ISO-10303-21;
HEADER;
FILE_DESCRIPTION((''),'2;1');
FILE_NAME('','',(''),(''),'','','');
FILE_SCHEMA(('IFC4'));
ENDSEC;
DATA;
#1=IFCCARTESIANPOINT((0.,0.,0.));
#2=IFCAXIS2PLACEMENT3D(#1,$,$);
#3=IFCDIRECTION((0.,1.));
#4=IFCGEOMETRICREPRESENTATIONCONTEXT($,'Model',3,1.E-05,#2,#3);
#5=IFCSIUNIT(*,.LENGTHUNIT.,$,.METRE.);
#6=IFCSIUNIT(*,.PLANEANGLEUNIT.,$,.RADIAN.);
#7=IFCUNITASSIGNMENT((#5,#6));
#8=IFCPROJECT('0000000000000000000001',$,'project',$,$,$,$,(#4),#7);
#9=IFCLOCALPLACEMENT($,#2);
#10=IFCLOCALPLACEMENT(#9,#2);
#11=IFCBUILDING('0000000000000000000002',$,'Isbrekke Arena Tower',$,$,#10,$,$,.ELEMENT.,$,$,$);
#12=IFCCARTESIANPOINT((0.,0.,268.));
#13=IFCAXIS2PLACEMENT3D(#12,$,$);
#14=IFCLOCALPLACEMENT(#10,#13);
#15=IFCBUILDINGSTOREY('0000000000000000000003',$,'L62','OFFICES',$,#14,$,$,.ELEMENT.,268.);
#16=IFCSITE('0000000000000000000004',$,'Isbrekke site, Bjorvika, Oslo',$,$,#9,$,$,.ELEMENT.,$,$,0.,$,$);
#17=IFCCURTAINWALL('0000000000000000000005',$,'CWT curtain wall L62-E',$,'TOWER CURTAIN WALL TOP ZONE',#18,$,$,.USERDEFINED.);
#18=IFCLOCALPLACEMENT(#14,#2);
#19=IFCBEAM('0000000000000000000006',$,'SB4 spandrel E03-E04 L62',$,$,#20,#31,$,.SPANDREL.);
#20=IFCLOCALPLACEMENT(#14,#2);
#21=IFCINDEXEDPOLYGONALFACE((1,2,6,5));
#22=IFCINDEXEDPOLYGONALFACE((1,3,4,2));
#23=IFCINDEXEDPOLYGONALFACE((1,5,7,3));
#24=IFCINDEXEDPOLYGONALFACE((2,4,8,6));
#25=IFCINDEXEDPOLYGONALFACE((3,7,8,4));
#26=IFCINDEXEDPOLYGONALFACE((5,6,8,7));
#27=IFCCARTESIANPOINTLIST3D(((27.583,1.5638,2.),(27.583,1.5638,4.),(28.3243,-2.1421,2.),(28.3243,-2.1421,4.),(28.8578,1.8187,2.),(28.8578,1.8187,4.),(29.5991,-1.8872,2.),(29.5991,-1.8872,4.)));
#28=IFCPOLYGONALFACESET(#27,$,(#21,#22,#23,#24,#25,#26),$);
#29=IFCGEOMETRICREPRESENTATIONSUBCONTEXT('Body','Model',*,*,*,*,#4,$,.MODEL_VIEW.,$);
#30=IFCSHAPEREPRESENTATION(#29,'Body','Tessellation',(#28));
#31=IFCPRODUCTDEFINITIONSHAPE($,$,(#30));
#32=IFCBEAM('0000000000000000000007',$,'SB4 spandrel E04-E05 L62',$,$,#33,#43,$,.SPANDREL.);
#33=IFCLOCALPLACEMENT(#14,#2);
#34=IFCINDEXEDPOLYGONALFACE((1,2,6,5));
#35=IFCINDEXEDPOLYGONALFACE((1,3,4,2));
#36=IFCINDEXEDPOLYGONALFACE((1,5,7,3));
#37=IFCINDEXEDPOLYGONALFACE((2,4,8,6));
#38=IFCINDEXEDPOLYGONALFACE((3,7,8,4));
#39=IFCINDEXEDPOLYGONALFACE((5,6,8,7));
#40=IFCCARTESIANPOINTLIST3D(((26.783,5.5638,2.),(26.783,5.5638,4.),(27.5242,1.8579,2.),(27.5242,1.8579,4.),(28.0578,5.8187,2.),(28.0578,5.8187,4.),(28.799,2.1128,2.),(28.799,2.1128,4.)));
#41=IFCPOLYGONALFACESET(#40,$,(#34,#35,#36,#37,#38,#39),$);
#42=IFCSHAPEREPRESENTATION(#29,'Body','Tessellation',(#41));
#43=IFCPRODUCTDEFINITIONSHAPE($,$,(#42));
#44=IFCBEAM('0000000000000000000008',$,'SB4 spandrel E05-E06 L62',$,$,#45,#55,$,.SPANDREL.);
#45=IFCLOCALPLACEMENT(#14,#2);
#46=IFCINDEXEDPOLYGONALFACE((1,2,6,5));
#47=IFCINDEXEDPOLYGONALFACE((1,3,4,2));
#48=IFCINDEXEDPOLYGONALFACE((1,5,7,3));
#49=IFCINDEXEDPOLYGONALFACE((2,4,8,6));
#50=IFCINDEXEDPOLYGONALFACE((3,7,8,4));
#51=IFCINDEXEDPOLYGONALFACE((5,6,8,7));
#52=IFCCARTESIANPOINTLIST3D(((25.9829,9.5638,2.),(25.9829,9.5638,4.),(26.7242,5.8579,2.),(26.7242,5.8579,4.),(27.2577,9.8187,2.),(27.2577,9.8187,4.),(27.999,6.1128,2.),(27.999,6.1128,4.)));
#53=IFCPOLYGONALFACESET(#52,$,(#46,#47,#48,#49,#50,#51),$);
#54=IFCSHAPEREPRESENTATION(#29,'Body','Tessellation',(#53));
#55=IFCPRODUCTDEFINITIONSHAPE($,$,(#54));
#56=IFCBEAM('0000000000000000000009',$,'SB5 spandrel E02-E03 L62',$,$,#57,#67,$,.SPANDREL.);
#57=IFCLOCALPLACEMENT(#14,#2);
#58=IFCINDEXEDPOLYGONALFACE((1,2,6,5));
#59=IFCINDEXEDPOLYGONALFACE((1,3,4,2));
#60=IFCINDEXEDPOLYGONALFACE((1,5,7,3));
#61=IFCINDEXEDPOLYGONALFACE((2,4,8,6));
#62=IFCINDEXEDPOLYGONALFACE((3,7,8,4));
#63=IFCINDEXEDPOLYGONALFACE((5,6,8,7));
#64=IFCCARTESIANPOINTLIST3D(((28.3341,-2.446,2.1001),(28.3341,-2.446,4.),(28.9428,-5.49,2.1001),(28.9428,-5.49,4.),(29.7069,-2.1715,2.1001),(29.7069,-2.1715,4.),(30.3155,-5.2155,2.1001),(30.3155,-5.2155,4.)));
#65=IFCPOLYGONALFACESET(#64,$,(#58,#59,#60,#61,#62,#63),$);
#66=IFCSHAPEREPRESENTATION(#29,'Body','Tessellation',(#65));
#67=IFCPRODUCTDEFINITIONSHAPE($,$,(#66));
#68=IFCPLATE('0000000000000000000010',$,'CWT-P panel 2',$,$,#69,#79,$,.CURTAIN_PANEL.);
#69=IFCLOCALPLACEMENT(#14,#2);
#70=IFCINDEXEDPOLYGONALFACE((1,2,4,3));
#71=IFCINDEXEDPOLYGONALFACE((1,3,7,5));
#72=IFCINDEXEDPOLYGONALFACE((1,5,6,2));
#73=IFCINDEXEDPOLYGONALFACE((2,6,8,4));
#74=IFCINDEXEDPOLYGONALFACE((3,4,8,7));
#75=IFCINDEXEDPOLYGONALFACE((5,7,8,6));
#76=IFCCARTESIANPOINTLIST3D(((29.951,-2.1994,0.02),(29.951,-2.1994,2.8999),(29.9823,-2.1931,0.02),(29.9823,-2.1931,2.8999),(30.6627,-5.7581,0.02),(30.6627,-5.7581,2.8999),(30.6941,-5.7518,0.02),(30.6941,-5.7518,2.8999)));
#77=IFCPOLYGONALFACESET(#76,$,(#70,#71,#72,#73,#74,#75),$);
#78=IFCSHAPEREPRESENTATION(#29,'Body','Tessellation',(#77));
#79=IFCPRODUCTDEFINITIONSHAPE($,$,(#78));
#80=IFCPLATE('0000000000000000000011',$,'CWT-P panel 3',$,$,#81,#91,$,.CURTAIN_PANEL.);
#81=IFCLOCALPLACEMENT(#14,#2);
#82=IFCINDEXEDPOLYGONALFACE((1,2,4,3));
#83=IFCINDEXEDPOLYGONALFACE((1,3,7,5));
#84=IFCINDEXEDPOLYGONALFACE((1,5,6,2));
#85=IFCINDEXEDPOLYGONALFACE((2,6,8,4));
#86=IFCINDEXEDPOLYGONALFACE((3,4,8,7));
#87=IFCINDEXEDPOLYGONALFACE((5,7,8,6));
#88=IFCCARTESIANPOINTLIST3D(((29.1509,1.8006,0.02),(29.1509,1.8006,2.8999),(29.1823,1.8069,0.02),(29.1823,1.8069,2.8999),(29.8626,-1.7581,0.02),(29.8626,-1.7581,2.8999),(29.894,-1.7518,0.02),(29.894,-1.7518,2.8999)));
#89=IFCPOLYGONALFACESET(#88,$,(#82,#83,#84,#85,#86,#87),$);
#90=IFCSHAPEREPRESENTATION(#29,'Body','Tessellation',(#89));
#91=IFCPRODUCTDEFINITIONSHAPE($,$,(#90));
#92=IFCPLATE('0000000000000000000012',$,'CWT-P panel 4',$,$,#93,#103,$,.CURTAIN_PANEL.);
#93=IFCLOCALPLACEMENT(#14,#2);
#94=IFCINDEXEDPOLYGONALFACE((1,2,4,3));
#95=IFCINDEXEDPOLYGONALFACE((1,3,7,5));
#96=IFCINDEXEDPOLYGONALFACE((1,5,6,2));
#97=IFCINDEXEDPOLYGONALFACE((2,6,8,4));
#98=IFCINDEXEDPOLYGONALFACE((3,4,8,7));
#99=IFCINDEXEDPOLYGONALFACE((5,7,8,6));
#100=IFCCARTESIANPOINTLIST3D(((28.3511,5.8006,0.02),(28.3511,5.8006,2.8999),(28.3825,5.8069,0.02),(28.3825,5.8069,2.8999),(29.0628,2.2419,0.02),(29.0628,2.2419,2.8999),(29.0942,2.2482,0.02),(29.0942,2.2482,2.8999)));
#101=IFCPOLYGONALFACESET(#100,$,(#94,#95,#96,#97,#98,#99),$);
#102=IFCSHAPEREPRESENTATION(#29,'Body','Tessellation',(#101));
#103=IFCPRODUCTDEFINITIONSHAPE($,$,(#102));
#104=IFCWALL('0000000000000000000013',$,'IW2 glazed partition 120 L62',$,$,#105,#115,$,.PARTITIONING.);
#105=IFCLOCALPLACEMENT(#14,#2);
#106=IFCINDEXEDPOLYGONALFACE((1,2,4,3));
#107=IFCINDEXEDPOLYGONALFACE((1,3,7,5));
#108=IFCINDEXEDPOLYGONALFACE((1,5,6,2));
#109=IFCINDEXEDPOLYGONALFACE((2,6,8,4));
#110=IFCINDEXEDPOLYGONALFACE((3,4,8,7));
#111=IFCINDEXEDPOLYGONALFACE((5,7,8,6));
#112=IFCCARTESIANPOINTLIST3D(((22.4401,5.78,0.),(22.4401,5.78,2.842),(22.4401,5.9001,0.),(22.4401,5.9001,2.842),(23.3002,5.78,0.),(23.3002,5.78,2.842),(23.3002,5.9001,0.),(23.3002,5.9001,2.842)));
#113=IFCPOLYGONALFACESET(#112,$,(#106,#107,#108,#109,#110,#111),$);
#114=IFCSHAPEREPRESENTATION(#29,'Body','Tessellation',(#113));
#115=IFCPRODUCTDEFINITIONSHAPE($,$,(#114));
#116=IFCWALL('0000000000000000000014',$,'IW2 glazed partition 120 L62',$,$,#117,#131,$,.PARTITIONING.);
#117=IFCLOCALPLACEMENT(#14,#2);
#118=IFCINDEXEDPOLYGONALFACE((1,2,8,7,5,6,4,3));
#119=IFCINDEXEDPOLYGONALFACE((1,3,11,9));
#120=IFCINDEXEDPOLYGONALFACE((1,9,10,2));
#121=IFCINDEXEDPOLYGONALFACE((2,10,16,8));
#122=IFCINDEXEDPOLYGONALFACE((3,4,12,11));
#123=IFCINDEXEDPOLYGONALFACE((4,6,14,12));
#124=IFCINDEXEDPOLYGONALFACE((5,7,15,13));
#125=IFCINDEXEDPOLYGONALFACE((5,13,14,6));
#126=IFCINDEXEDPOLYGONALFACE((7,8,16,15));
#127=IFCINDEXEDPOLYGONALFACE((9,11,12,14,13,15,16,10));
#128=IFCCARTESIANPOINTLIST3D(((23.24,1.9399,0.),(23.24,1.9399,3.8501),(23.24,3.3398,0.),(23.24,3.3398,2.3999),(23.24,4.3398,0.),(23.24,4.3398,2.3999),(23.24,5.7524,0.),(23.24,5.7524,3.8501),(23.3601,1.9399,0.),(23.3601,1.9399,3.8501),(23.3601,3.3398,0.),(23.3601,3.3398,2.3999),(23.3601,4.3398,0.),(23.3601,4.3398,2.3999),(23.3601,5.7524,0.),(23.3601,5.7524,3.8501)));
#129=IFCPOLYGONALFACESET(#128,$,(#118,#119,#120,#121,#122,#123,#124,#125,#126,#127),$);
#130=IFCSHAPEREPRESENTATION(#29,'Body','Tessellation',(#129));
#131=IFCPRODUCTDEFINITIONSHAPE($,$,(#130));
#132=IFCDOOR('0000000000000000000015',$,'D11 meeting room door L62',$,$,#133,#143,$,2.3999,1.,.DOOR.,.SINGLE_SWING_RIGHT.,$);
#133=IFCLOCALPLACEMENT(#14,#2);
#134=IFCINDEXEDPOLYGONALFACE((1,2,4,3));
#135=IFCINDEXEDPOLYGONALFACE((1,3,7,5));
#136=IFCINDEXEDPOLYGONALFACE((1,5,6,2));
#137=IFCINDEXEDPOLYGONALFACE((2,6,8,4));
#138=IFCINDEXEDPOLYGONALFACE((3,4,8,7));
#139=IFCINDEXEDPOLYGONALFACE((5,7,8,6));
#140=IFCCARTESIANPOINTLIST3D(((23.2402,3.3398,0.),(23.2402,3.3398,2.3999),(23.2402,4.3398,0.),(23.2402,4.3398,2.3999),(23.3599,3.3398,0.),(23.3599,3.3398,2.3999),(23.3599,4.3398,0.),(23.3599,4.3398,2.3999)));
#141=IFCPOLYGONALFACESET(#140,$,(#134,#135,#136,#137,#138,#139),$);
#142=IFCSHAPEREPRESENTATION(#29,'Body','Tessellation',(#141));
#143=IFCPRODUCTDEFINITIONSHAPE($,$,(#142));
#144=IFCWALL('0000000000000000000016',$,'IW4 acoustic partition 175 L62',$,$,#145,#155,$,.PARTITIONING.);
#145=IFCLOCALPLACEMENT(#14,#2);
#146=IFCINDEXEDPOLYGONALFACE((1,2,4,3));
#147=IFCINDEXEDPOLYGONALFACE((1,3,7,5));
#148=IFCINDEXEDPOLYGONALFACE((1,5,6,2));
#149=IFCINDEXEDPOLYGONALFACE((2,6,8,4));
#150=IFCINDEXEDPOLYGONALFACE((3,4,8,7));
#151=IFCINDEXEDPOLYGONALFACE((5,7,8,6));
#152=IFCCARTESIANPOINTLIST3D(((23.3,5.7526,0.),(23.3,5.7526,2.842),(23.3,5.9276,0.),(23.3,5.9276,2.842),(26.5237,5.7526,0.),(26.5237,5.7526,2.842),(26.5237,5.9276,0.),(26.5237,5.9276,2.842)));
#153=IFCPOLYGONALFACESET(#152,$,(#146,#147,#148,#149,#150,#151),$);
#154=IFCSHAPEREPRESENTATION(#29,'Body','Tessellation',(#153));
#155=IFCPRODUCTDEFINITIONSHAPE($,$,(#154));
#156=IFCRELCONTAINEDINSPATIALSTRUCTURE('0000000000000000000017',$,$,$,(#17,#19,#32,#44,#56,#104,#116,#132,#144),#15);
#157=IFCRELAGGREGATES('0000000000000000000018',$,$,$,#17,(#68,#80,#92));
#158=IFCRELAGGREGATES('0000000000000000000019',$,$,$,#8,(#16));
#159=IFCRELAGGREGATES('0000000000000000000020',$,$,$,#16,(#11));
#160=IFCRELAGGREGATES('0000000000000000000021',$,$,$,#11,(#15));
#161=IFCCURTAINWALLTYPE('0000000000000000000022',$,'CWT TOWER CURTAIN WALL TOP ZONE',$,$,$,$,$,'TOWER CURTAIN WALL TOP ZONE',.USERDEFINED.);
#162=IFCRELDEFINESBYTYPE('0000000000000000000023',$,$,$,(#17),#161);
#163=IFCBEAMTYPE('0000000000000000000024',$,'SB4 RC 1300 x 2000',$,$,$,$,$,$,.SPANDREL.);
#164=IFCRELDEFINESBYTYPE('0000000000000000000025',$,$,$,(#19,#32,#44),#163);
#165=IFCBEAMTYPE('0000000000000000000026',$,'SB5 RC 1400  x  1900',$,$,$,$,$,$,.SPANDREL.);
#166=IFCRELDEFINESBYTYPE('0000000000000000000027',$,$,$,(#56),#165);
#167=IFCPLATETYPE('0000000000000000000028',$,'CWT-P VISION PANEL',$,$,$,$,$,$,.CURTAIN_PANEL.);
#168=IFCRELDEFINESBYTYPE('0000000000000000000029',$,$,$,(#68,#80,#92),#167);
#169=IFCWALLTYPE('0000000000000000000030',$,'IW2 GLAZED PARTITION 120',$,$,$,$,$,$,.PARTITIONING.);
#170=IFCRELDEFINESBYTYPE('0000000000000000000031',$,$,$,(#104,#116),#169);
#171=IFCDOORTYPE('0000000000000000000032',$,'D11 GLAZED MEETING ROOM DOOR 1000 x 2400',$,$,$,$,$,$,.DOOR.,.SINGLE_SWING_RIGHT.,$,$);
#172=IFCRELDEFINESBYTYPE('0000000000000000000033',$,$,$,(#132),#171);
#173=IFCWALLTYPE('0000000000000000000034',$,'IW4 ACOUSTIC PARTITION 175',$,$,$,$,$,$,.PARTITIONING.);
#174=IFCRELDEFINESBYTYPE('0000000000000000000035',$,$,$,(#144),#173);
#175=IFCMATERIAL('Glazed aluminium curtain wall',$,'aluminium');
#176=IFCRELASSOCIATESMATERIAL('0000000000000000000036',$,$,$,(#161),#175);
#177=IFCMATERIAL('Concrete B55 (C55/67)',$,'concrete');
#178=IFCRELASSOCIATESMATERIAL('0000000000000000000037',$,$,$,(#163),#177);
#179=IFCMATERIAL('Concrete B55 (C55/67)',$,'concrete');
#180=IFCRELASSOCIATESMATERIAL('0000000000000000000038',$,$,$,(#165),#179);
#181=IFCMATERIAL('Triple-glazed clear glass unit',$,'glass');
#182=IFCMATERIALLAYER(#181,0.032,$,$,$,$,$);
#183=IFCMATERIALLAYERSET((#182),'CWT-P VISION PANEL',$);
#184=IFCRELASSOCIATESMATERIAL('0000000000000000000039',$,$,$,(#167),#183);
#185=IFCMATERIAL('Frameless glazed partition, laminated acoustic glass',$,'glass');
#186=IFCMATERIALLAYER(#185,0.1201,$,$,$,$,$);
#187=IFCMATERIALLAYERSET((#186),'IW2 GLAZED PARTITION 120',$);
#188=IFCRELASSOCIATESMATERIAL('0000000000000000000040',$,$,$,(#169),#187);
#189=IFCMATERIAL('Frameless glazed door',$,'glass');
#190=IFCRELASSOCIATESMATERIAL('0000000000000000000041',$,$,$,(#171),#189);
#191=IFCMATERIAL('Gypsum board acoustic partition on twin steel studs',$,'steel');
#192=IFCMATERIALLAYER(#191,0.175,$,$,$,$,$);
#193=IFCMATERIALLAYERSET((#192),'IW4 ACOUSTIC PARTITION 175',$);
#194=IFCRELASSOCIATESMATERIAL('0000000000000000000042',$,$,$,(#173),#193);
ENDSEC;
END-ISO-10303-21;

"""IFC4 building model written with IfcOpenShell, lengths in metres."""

from ifc_helpers import new_model, si_unit, direction, frame, frame_2d, origin, origin_2d, place, context, subcontext, project, spatial, rectangle, extrude, material, layer, layer_set, material_profile, profile_set, type_object, element, fill, aggregate, save


model = new_model("IFC4")

# Units and contexts
model_context = context("Model", 3, precision=1e-05, world=origin(), true_north=direction((0.0, 1.0)))
body_context = subcontext(model_context, "Body", "Model", "MODEL_VIEW")
ifc_project = project(units=[si_unit("LENGTHUNIT", "METRE"), si_unit("PLANEANGLEUNIT", "RADIAN")], contexts=[model_context])

# Site, building, storey
site_placement = place(None, origin())
site = spatial("IfcSite", under=ifc_project, at=site_placement, Name="Isbrekke site, Bjorvika, Oslo", CompositionType="ELEMENT", RefElevation=0.0)
building_placement = place(site_placement, origin())
building = spatial("IfcBuilding", under=site, at=building_placement, Name="Isbrekke Arena Tower", CompositionType="ELEMENT")
storey_placement = place(building_placement, frame((0.0, 0.0, 268.0)))
storey = spatial("IfcBuildingStorey", under=building, at=storey_placement, Name="L62", Description="OFFICES", CompositionType="ELEMENT", Elevation=268.0)

# Curtain wall
ifc_material_1 = material(Name="Glazed aluminium curtain wall", Category="aluminium")
curtain_wall_type = type_object("IfcCurtainWallType", Name="CWT TOWER CURTAIN WALL TOP ZONE", ElementType="TOWER CURTAIN WALL TOP ZONE", PredefinedType="USERDEFINED", material=ifc_material_1)
curtain_wall_placement = place(storey_placement, origin())
curtain_wall = element("IfcCurtainWall", 1, at=curtain_wall_placement, inside=storey, type_object=curtain_wall_type, Name="CWT curtain wall L62-E", ObjectType="TOWER CURTAIN WALL TOP ZONE", PredefinedType="USERDEFINED")

# Beams
ifc_material_2 = material(Name="Concrete B55 (C55/67)", Category="concrete")
ifc_material_profile_1 = material_profile(ifc_material_2, rectangle(XDim=1.3, YDim=2.0, at=origin_2d()), Name="RC 1300x2000")
ifc_profile_set_1 = profile_set([ifc_material_profile_1], Name="Concrete B55 (C55/67)")
beam_type_1 = type_object("IfcBeamType", Name="SB4 RC 1300 x 2000", PredefinedType="SPANDREL", material=ifc_profile_set_1)
for number, where, z_axis, x_axis, name in (
    (2, (28.9617, -2.0146, 3.0), (-0.196129, 0.980578, 0.0), (-0.980578, -0.196129, 0.0), "SB4 spandrel E03-E04 L62"),
    (3, (28.1616, 1.9854, 3.0), (-0.196129, 0.980578, 0.0), (-0.980578, -0.196129, 0.0), "SB4 spandrel E04-E05 L62"),
    (4, (27.3616, 5.9854, 3.0), (-0.196129, 0.980578, 0.0), (-0.980578, -0.196129, 0.0), "SB4 spandrel E05-E06 L62"),
):
    element("IfcBeam", number, at=place(storey_placement, frame(where, z_axis=z_axis, x_axis=x_axis)), inside=storey, type_object=beam_type_1, Name=name, PredefinedType="SPANDREL", context=body_context, shape_type="SweptSolid", body=[
        extrude(rectangle(XDim=1.3, YDim=2.0, at=origin_2d()), origin(), (0.0, 0.0, 1.0), 3.7793),
    ])
ifc_material_3 = material(Name="Concrete B55 (C55/67)", Category="concrete")
ifc_material_profile_2 = material_profile(ifc_material_3, rectangle(XDim=1.3999, YDim=1.8999, at=origin_2d()), Name="RC 1400 x 1900")
ifc_profile_set_2 = profile_set([ifc_material_profile_2], Name="Concrete B55 (C55/67)")
beam_type_2 = type_object("IfcBeamType", Name="SB5 RC 1400  x  1900", PredefinedType="SPANDREL", material=ifc_profile_set_2)
beam_1_placement = place(storey_placement, frame((29.6292, -5.3528, 3.05), z_axis=(-0.196071, 0.98059, 0.0), x_axis=(-0.98059, -0.196071, 0.0)))
element("IfcBeam", 5, at=beam_1_placement, inside=storey, type_object=beam_type_2, Name="SB5 spandrel E02-E03 L62", PredefinedType="SPANDREL", context=body_context, shape_type="SweptSolid", body=[
    extrude(rectangle(XDim=1.3999, YDim=1.8999, at=origin_2d()), origin(), (0.0, 0.0, 1.0), 3.1042),
])

# Plates
ifc_material_4 = material(Name="Triple-glazed clear glass unit", Category="glass")
ifc_layer_1 = layer(ifc_material_4, 0.032)
ifc_layer_set_1 = layer_set([ifc_layer_1], Name="CWT-P VISION PANEL")
plate_type = type_object("IfcPlateType", Name="CWT-P VISION PANEL", PredefinedType="CURTAIN_PANEL", material=ifc_layer_set_1)
plate_1_placement = place(storey_placement, frame((30.3225, -3.9756, 0.02), z_axis=(0.0, 0.0, 1.0), x_axis=(-0.196116, 0.980581, 0.0)))
plate_1 = element("IfcPlate", 6, at=plate_1_placement, type_object=plate_type, Name="CWT-P panel 2", PredefinedType="CURTAIN_PANEL", context=body_context, shape_type="SweptSolid", body=[
    extrude(rectangle(XDim=3.6292, YDim=0.032, at=origin_2d()), origin(), (0.0, 0.0, 1.0), 2.8799),
])
plate_2_placement = place(storey_placement, frame((29.5225, 0.0244, 0.02), z_axis=(0.0, 0.0, 1.0), x_axis=(-0.196116, 0.980581, 0.0)))
plate_2 = element("IfcPlate", 7, at=plate_2_placement, type_object=plate_type, Name="CWT-P panel 3", PredefinedType="CURTAIN_PANEL", context=body_context, shape_type="SweptSolid", body=[
    extrude(rectangle(XDim=3.6292, YDim=0.032, at=origin_2d()), origin(), (0.0, 0.0, 1.0), 2.8799),
])
plate_3_placement = place(storey_placement, frame((28.7227, 4.0244, 0.02), z_axis=(0.0, 0.0, 1.0), x_axis=(-0.196116, 0.980581, 0.0)))
plate_3 = element("IfcPlate", 8, at=plate_3_placement, type_object=plate_type, Name="CWT-P panel 4", PredefinedType="CURTAIN_PANEL", context=body_context, shape_type="SweptSolid", body=[
    extrude(rectangle(XDim=3.6292, YDim=0.032, at=origin_2d()), origin(), (0.0, 0.0, 1.0), 2.8799),
])
aggregate(curtain_wall, [plate_1, plate_2, plate_3])

# Wall
ifc_material_5 = material(Name="Frameless glazed partition, laminated acoustic glass", Category="glass")
ifc_layer_2 = layer(ifc_material_5, 0.1201)
ifc_layer_set_2 = layer_set([ifc_layer_2], Name="IW2 GLAZED PARTITION 120")
wall_type_1 = type_object("IfcWallType", Name="IW2 GLAZED PARTITION 120", PredefinedType="PARTITIONING", material=ifc_layer_set_2)
wall_1_placement = place(storey_placement, frame((22.4399, 5.8401, 0.0), z_axis=(0.0, 0.0, 1.0), x_axis=(1.0, 0.0, 0.0)))
element("IfcWall", 9, at=wall_1_placement, inside=storey, type_object=wall_type_1, Name="IW2 glazed partition 120 L62", PredefinedType="PARTITIONING", context=body_context, shape_type="SweptSolid", body=[
    extrude(rectangle(XDim=0.8601, YDim=0.1201, at=frame_2d((0.4302, 0.0))), origin(), (0.0, 0.0, 1.0), 2.842),
])

# Wall, opening, door
ifc_material_6 = material(Name="Frameless glazed door", Category="glass")
door_type = type_object("IfcDoorType", Name="D11 GLAZED MEETING ROOM DOOR 1000 x 2400", OperationType="SINGLE_SWING_RIGHT", PredefinedType="DOOR", material=ifc_material_6)
wall_2_placement = place(storey_placement, frame((23.3, 1.9399, 0.0), z_axis=(0.0, 0.0, 1.0), x_axis=(0.0, 1.0, 0.0)))
wall_2 = element("IfcWall", 10, at=wall_2_placement, inside=storey, type_object=wall_type_1, Name="IW2 glazed partition 120 L62", PredefinedType="PARTITIONING", context=body_context, shape_type="SweptSolid", body=[
    extrude(rectangle(XDim=3.8125, YDim=0.1201, at=frame_2d((1.9062, 0.0))), origin(), (0.0, 0.0, 1.0), 3.8501),
])
opening_1_placement = place(wall_2_placement, frame((1.3999, 0.0, 0.0)))
opening_1 = element("IfcOpeningElement", 11, at=opening_1_placement, cuts=wall_2, PredefinedType="OPENING", context=body_context, shape_type="SweptSolid", body=[
    extrude(rectangle(XDim=1.0, YDim=2.3999, at=frame_2d((0.5, 1.2))), frame((0.0, 0.075, 0.0), z_axis=(0.0, -1.0, 0.0), x_axis=(1.0, 0.0, 0.0)), (0.0, 0.0, 1.0), 0.1499),
])
door_1_placement = place(opening_1_placement, origin())
door_1 = element("IfcDoor", 12, at=door_1_placement, inside=storey, type_object=door_type, Name="D11 meeting room door L62", OperationType="SINGLE_SWING_RIGHT", OverallHeight=2.3999, OverallWidth=1.0, PredefinedType="DOOR", context=body_context, shape_type="SweptSolid", body=[
    extrude(rectangle(XDim=1.0, YDim=2.3999, at=frame_2d((0.5, 1.2))), frame((0.0, 0.0598, 0.0), z_axis=(0.0, -1.0, 0.0), x_axis=(1.0, 0.0, 0.0)), (0.0, 0.0, 1.0), 0.1196),
])
fill(opening_1, door_1)

# Wall
ifc_material_7 = material(Name="Gypsum board acoustic partition on twin steel studs", Category="steel")
ifc_layer_3 = layer(ifc_material_7, 0.175)
ifc_layer_set_3 = layer_set([ifc_layer_3], Name="IW4 ACOUSTIC PARTITION 175")
wall_type_2 = type_object("IfcWallType", Name="IW4 ACOUSTIC PARTITION 175", PredefinedType="PARTITIONING", material=ifc_layer_set_3)
wall_3_placement = place(storey_placement, frame((23.3, 5.8401, 0.0), z_axis=(0.0, 0.0, 1.0), x_axis=(1.0, 0.0, 0.0)))
element("IfcWall", 13, at=wall_3_placement, inside=storey, type_object=wall_type_2, Name="IW4 acoustic partition 175 L62", PredefinedType="PARTITIONING", context=body_context, shape_type="SweptSolid", body=[
    extrude(rectangle(XDim=3.2236, YDim=0.175, at=frame_2d((1.6118, 0.0))), origin(), (0.0, 0.0, 1.0), 2.842),
])

save(model, "model.ifc")
